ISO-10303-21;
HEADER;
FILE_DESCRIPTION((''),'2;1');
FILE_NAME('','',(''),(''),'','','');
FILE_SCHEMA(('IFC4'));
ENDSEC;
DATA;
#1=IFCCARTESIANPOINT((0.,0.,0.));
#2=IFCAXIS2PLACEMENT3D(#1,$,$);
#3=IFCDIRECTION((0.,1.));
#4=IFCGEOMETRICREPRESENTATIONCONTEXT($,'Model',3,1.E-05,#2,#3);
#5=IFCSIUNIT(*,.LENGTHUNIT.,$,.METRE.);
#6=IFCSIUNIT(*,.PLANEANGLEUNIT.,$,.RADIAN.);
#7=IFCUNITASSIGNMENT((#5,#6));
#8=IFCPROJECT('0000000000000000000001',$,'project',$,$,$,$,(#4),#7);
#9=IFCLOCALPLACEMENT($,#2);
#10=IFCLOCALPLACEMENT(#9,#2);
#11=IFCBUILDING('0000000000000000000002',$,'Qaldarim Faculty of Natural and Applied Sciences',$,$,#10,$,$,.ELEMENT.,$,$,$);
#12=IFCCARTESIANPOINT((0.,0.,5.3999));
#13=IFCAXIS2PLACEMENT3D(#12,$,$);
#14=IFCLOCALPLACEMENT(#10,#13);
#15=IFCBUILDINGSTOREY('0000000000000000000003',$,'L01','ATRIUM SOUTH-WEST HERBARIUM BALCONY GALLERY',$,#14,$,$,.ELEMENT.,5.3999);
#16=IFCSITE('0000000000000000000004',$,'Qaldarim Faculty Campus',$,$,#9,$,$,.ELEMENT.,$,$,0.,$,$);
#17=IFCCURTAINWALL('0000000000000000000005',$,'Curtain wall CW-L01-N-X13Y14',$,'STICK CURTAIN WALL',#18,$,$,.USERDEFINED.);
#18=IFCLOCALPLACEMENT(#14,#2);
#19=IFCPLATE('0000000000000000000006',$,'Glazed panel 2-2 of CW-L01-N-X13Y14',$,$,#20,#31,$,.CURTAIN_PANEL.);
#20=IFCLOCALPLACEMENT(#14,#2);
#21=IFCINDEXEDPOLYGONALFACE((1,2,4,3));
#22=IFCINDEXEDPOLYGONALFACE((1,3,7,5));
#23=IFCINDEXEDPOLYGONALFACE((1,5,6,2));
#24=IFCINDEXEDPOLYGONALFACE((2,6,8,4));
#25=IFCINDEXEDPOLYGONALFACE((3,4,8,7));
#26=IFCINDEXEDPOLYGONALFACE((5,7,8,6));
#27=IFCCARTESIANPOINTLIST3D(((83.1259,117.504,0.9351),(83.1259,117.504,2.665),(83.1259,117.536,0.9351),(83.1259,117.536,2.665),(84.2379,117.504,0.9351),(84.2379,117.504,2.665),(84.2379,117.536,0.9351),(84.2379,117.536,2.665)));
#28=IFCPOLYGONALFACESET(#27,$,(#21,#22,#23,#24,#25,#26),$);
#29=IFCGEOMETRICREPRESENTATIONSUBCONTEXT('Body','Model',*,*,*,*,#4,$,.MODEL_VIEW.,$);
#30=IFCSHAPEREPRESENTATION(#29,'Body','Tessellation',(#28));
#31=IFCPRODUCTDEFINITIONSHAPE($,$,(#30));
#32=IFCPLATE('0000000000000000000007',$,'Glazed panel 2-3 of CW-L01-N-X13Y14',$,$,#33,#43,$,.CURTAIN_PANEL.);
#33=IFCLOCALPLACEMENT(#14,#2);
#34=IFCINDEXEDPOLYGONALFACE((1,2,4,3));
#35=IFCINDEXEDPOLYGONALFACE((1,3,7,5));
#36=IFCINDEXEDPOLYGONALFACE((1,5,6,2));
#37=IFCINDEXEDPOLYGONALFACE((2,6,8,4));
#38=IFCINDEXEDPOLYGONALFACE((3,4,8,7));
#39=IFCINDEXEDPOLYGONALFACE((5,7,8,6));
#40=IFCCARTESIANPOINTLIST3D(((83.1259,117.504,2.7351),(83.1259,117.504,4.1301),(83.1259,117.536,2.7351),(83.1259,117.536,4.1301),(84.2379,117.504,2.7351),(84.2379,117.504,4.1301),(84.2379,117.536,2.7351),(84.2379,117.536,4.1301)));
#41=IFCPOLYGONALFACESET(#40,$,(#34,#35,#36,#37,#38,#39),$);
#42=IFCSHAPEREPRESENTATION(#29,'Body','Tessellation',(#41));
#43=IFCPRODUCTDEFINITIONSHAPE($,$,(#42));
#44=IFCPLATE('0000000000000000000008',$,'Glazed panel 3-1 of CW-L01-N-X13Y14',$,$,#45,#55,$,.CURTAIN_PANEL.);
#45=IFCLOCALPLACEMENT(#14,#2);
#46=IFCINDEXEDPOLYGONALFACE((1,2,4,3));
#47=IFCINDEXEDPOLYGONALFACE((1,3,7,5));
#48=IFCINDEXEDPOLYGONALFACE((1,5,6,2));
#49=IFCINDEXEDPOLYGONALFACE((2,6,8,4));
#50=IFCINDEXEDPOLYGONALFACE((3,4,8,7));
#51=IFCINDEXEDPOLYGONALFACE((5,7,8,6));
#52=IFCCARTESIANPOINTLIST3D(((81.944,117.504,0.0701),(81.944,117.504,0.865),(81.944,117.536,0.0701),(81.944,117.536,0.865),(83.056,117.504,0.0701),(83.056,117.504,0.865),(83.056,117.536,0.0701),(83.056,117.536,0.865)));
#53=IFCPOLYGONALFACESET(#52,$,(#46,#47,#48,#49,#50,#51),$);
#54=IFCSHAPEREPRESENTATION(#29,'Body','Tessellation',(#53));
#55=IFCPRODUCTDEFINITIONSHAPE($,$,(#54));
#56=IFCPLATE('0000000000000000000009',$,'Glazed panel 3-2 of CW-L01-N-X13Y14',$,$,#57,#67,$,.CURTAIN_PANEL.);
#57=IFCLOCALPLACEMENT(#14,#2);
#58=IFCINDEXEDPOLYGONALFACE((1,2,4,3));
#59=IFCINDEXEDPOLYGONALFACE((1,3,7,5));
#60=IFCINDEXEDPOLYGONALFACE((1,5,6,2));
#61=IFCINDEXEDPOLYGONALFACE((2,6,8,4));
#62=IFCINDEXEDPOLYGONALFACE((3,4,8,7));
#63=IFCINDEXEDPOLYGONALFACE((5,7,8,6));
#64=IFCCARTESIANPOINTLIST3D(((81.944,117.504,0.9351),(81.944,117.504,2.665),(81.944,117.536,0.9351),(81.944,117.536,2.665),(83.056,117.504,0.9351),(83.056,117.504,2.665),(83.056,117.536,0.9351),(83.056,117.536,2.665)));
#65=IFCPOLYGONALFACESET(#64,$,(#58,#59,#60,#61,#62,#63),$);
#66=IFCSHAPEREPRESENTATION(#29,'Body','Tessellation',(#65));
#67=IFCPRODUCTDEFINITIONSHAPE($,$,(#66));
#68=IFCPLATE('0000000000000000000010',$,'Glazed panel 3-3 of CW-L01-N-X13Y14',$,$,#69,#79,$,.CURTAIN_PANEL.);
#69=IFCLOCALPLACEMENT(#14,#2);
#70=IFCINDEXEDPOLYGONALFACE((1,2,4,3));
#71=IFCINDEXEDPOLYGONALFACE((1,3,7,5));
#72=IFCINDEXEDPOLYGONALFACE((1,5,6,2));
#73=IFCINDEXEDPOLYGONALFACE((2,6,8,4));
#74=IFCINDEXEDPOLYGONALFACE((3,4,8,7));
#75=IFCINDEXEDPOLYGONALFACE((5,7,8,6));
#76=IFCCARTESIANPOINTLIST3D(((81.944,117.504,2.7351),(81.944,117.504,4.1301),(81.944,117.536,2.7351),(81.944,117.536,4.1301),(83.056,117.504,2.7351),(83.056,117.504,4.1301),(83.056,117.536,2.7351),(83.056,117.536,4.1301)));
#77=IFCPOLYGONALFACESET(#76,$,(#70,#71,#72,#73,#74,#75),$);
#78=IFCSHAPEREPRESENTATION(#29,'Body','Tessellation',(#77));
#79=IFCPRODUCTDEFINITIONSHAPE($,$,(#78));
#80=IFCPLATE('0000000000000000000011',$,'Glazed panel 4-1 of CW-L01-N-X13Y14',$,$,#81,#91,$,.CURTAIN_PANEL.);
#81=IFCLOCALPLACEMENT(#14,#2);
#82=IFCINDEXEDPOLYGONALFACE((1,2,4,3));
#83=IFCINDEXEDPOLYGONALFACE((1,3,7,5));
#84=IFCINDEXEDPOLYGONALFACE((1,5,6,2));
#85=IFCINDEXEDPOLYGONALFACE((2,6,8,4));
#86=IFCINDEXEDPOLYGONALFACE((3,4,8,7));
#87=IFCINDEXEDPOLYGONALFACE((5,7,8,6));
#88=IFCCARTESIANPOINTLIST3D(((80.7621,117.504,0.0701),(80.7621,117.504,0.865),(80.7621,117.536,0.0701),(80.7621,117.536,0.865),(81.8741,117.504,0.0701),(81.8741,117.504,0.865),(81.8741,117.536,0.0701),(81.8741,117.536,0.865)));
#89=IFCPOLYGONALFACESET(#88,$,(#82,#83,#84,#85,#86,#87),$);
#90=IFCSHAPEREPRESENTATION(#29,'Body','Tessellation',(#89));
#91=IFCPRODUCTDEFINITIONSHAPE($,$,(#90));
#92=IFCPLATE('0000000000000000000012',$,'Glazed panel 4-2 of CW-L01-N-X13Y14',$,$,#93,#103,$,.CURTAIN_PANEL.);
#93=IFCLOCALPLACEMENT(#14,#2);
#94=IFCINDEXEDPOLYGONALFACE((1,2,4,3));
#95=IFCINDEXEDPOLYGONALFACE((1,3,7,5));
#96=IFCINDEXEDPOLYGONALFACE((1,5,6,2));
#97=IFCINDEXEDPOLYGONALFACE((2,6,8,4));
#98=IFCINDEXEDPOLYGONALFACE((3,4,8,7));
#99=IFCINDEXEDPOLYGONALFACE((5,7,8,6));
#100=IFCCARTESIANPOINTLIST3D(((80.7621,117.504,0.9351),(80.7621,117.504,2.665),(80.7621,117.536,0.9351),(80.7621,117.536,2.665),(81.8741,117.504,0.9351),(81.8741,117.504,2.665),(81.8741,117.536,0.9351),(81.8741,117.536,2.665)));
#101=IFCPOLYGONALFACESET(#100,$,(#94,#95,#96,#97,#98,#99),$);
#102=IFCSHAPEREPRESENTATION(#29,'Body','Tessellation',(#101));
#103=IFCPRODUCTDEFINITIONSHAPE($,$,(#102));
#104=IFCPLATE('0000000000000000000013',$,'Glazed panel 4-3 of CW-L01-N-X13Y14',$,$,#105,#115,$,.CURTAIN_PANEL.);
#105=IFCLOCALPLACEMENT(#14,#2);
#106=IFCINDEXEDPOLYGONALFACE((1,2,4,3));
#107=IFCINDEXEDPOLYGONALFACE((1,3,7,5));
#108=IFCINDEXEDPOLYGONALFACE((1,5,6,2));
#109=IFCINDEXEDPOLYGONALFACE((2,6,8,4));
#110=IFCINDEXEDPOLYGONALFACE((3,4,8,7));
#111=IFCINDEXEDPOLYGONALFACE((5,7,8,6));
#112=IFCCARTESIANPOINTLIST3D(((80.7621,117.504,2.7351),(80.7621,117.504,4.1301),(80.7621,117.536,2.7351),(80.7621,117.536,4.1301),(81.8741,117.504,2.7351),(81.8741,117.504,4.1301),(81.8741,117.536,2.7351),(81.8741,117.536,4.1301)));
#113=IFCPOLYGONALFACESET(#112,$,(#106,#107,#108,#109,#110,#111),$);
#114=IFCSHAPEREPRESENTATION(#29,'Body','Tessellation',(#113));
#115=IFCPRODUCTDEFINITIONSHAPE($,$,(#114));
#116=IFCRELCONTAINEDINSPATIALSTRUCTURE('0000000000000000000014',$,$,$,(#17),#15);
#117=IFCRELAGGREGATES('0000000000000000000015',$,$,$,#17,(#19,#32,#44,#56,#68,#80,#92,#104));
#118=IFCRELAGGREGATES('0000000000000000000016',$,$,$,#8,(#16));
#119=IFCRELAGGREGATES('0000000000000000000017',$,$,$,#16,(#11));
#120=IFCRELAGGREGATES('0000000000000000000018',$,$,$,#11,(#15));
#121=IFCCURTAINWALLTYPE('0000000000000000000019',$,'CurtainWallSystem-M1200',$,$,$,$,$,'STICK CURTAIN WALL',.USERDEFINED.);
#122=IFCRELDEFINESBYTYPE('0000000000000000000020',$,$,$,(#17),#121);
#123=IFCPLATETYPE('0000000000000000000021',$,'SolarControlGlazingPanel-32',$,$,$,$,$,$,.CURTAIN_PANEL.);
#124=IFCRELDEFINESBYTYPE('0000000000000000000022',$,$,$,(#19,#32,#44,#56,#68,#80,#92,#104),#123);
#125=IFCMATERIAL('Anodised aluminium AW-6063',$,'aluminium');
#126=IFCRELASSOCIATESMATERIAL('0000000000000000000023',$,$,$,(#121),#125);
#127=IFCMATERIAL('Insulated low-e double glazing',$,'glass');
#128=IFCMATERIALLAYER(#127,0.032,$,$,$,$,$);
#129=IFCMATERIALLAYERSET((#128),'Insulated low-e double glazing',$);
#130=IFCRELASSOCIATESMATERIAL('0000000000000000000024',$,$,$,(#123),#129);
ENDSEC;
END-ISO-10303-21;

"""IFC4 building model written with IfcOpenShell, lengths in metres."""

from ifc_helpers import new_model, si_unit, direction, frame, origin, origin_2d, place, context, subcontext, project, spatial, rectangle, extrude, material, layer, layer_set, type_object, element, aggregate, save


model = new_model("IFC4")

# Units and contexts
model_context = context("Model", 3, precision=1e-05, world=origin(), true_north=direction((0.0, 1.0)))
body_context = subcontext(model_context, "Body", "Model", "MODEL_VIEW")
ifc_project = project(units=[si_unit("LENGTHUNIT", "METRE"), si_unit("PLANEANGLEUNIT", "RADIAN")], contexts=[model_context])

# Site, building, storey
site_placement = place(None, origin())
site = spatial("IfcSite", under=ifc_project, at=site_placement, Name="Qaldarim Faculty Campus", CompositionType="ELEMENT", RefElevation=0.0)
building_placement = place(site_placement, origin())
building = spatial("IfcBuilding", under=site, at=building_placement, Name="Qaldarim Faculty of Natural and Applied Sciences", CompositionType="ELEMENT")
storey_placement = place(building_placement, frame((0.0, 0.0, 5.3999)))
storey = spatial("IfcBuildingStorey", under=building, at=storey_placement, Name="L01", Description="ATRIUM SOUTH-WEST HERBARIUM BALCONY GALLERY", CompositionType="ELEMENT", Elevation=5.3999)

# Curtain wall, plates
ifc_material_1 = material(Name="Anodised aluminium AW-6063", Category="aluminium")
curtain_wall_type = type_object("IfcCurtainWallType", Name="CurtainWallSystem-M1200", ElementType="STICK CURTAIN WALL", PredefinedType="USERDEFINED", material=ifc_material_1)
curtain_wall_placement = place(storey_placement, origin())
curtain_wall = element("IfcCurtainWall", 1, at=curtain_wall_placement, inside=storey, type_object=curtain_wall_type, Name="Curtain wall CW-L01-N-X13Y14", ObjectType="STICK CURTAIN WALL", PredefinedType="USERDEFINED")
ifc_material_2 = material(Name="Insulated low-e double glazing", Category="glass")
ifc_layer = layer(ifc_material_2, 0.032)
ifc_layer_set = layer_set([ifc_layer], Name="Insulated low-e double glazing")
plate_type = type_object("IfcPlateType", Name="SolarControlGlazingPanel-32", PredefinedType="CURTAIN_PANEL", material=ifc_layer_set)
plate_1_placement = place(storey_placement, frame((83.6819, 117.52, 0.9351), z_axis=(0.0, 0.0, 1.0), x_axis=(-1.0, 0.0, 0.0)))
plate_1 = element("IfcPlate", 2, at=plate_1_placement, type_object=plate_type, Name="Glazed panel 2-2 of CW-L01-N-X13Y14", PredefinedType="CURTAIN_PANEL", context=body_context, shape_type="SweptSolid", body=[
    extrude(rectangle(XDim=1.1121, YDim=0.032, at=origin_2d()), origin(), (0.0, 0.0, 1.0), 1.73),
])
plate_2_placement = place(storey_placement, frame((83.6819, 117.52, 2.7351), z_axis=(0.0, 0.0, 1.0), x_axis=(-1.0, 0.0, 0.0)))
plate_2 = element("IfcPlate", 3, at=plate_2_placement, type_object=plate_type, Name="Glazed panel 2-3 of CW-L01-N-X13Y14", PredefinedType="CURTAIN_PANEL", context=body_context, shape_type="SweptSolid", body=[
    extrude(rectangle(XDim=1.1121, YDim=0.032, at=origin_2d()), origin(), (0.0, 0.0, 1.0), 1.395),
])
plate_3_placement = place(storey_placement, frame((82.5, 117.52, 0.0701), z_axis=(0.0, 0.0, 1.0), x_axis=(-1.0, 0.0, 0.0)))
plate_3 = element("IfcPlate", 4, at=plate_3_placement, type_object=plate_type, Name="Glazed panel 3-1 of CW-L01-N-X13Y14", PredefinedType="CURTAIN_PANEL", context=body_context, shape_type="SweptSolid", body=[
    extrude(rectangle(XDim=1.1121, YDim=0.032, at=origin_2d()), origin(), (0.0, 0.0, 1.0), 0.7949),
])
plate_4_placement = place(storey_placement, frame((82.5, 117.52, 0.9351), z_axis=(0.0, 0.0, 1.0), x_axis=(-1.0, 0.0, 0.0)))
plate_4 = element("IfcPlate", 5, at=plate_4_placement, type_object=plate_type, Name="Glazed panel 3-2 of CW-L01-N-X13Y14", PredefinedType="CURTAIN_PANEL", context=body_context, shape_type="SweptSolid", body=[
    extrude(rectangle(XDim=1.1121, YDim=0.032, at=origin_2d()), origin(), (0.0, 0.0, 1.0), 1.73),
])
plate_5_placement = place(storey_placement, frame((82.5, 117.52, 2.7351), z_axis=(0.0, 0.0, 1.0), x_axis=(-1.0, 0.0, 0.0)))
plate_5 = element("IfcPlate", 6, at=plate_5_placement, type_object=plate_type, Name="Glazed panel 3-3 of CW-L01-N-X13Y14", PredefinedType="CURTAIN_PANEL", context=body_context, shape_type="SweptSolid", body=[
    extrude(rectangle(XDim=1.1121, YDim=0.032, at=origin_2d()), origin(), (0.0, 0.0, 1.0), 1.395),
])
plate_6_placement = place(storey_placement, frame((81.3181, 117.52, 0.0701), z_axis=(0.0, 0.0, 1.0), x_axis=(-1.0, 0.0, 0.0)))
plate_6 = element("IfcPlate", 7, at=plate_6_placement, type_object=plate_type, Name="Glazed panel 4-1 of CW-L01-N-X13Y14", PredefinedType="CURTAIN_PANEL", context=body_context, shape_type="SweptSolid", body=[
    extrude(rectangle(XDim=1.1121, YDim=0.032, at=origin_2d()), origin(), (0.0, 0.0, 1.0), 0.7949),
])
plate_7_placement = place(storey_placement, frame((81.3181, 117.52, 0.9351), z_axis=(0.0, 0.0, 1.0), x_axis=(-1.0, 0.0, 0.0)))
plate_7 = element("IfcPlate", 8, at=plate_7_placement, type_object=plate_type, Name="Glazed panel 4-2 of CW-L01-N-X13Y14", PredefinedType="CURTAIN_PANEL", context=body_context, shape_type="SweptSolid", body=[
    extrude(rectangle(XDim=1.1121, YDim=0.032, at=origin_2d()), origin(), (0.0, 0.0, 1.0), 1.73),
])
plate_8_placement = place(storey_placement, frame((81.3181, 117.52, 2.7351), z_axis=(0.0, 0.0, 1.0), x_axis=(-1.0, 0.0, 0.0)))
plate_8 = element("IfcPlate", 9, at=plate_8_placement, type_object=plate_type, Name="Glazed panel 4-3 of CW-L01-N-X13Y14", PredefinedType="CURTAIN_PANEL", context=body_context, shape_type="SweptSolid", body=[
    extrude(rectangle(XDim=1.1121, YDim=0.032, at=origin_2d()), origin(), (0.0, 0.0, 1.0), 1.395),
])
aggregate(curtain_wall, [plate_1, plate_2, plate_3, plate_4, plate_5, plate_6, plate_7, plate_8])

save(model, "model.ifc")
